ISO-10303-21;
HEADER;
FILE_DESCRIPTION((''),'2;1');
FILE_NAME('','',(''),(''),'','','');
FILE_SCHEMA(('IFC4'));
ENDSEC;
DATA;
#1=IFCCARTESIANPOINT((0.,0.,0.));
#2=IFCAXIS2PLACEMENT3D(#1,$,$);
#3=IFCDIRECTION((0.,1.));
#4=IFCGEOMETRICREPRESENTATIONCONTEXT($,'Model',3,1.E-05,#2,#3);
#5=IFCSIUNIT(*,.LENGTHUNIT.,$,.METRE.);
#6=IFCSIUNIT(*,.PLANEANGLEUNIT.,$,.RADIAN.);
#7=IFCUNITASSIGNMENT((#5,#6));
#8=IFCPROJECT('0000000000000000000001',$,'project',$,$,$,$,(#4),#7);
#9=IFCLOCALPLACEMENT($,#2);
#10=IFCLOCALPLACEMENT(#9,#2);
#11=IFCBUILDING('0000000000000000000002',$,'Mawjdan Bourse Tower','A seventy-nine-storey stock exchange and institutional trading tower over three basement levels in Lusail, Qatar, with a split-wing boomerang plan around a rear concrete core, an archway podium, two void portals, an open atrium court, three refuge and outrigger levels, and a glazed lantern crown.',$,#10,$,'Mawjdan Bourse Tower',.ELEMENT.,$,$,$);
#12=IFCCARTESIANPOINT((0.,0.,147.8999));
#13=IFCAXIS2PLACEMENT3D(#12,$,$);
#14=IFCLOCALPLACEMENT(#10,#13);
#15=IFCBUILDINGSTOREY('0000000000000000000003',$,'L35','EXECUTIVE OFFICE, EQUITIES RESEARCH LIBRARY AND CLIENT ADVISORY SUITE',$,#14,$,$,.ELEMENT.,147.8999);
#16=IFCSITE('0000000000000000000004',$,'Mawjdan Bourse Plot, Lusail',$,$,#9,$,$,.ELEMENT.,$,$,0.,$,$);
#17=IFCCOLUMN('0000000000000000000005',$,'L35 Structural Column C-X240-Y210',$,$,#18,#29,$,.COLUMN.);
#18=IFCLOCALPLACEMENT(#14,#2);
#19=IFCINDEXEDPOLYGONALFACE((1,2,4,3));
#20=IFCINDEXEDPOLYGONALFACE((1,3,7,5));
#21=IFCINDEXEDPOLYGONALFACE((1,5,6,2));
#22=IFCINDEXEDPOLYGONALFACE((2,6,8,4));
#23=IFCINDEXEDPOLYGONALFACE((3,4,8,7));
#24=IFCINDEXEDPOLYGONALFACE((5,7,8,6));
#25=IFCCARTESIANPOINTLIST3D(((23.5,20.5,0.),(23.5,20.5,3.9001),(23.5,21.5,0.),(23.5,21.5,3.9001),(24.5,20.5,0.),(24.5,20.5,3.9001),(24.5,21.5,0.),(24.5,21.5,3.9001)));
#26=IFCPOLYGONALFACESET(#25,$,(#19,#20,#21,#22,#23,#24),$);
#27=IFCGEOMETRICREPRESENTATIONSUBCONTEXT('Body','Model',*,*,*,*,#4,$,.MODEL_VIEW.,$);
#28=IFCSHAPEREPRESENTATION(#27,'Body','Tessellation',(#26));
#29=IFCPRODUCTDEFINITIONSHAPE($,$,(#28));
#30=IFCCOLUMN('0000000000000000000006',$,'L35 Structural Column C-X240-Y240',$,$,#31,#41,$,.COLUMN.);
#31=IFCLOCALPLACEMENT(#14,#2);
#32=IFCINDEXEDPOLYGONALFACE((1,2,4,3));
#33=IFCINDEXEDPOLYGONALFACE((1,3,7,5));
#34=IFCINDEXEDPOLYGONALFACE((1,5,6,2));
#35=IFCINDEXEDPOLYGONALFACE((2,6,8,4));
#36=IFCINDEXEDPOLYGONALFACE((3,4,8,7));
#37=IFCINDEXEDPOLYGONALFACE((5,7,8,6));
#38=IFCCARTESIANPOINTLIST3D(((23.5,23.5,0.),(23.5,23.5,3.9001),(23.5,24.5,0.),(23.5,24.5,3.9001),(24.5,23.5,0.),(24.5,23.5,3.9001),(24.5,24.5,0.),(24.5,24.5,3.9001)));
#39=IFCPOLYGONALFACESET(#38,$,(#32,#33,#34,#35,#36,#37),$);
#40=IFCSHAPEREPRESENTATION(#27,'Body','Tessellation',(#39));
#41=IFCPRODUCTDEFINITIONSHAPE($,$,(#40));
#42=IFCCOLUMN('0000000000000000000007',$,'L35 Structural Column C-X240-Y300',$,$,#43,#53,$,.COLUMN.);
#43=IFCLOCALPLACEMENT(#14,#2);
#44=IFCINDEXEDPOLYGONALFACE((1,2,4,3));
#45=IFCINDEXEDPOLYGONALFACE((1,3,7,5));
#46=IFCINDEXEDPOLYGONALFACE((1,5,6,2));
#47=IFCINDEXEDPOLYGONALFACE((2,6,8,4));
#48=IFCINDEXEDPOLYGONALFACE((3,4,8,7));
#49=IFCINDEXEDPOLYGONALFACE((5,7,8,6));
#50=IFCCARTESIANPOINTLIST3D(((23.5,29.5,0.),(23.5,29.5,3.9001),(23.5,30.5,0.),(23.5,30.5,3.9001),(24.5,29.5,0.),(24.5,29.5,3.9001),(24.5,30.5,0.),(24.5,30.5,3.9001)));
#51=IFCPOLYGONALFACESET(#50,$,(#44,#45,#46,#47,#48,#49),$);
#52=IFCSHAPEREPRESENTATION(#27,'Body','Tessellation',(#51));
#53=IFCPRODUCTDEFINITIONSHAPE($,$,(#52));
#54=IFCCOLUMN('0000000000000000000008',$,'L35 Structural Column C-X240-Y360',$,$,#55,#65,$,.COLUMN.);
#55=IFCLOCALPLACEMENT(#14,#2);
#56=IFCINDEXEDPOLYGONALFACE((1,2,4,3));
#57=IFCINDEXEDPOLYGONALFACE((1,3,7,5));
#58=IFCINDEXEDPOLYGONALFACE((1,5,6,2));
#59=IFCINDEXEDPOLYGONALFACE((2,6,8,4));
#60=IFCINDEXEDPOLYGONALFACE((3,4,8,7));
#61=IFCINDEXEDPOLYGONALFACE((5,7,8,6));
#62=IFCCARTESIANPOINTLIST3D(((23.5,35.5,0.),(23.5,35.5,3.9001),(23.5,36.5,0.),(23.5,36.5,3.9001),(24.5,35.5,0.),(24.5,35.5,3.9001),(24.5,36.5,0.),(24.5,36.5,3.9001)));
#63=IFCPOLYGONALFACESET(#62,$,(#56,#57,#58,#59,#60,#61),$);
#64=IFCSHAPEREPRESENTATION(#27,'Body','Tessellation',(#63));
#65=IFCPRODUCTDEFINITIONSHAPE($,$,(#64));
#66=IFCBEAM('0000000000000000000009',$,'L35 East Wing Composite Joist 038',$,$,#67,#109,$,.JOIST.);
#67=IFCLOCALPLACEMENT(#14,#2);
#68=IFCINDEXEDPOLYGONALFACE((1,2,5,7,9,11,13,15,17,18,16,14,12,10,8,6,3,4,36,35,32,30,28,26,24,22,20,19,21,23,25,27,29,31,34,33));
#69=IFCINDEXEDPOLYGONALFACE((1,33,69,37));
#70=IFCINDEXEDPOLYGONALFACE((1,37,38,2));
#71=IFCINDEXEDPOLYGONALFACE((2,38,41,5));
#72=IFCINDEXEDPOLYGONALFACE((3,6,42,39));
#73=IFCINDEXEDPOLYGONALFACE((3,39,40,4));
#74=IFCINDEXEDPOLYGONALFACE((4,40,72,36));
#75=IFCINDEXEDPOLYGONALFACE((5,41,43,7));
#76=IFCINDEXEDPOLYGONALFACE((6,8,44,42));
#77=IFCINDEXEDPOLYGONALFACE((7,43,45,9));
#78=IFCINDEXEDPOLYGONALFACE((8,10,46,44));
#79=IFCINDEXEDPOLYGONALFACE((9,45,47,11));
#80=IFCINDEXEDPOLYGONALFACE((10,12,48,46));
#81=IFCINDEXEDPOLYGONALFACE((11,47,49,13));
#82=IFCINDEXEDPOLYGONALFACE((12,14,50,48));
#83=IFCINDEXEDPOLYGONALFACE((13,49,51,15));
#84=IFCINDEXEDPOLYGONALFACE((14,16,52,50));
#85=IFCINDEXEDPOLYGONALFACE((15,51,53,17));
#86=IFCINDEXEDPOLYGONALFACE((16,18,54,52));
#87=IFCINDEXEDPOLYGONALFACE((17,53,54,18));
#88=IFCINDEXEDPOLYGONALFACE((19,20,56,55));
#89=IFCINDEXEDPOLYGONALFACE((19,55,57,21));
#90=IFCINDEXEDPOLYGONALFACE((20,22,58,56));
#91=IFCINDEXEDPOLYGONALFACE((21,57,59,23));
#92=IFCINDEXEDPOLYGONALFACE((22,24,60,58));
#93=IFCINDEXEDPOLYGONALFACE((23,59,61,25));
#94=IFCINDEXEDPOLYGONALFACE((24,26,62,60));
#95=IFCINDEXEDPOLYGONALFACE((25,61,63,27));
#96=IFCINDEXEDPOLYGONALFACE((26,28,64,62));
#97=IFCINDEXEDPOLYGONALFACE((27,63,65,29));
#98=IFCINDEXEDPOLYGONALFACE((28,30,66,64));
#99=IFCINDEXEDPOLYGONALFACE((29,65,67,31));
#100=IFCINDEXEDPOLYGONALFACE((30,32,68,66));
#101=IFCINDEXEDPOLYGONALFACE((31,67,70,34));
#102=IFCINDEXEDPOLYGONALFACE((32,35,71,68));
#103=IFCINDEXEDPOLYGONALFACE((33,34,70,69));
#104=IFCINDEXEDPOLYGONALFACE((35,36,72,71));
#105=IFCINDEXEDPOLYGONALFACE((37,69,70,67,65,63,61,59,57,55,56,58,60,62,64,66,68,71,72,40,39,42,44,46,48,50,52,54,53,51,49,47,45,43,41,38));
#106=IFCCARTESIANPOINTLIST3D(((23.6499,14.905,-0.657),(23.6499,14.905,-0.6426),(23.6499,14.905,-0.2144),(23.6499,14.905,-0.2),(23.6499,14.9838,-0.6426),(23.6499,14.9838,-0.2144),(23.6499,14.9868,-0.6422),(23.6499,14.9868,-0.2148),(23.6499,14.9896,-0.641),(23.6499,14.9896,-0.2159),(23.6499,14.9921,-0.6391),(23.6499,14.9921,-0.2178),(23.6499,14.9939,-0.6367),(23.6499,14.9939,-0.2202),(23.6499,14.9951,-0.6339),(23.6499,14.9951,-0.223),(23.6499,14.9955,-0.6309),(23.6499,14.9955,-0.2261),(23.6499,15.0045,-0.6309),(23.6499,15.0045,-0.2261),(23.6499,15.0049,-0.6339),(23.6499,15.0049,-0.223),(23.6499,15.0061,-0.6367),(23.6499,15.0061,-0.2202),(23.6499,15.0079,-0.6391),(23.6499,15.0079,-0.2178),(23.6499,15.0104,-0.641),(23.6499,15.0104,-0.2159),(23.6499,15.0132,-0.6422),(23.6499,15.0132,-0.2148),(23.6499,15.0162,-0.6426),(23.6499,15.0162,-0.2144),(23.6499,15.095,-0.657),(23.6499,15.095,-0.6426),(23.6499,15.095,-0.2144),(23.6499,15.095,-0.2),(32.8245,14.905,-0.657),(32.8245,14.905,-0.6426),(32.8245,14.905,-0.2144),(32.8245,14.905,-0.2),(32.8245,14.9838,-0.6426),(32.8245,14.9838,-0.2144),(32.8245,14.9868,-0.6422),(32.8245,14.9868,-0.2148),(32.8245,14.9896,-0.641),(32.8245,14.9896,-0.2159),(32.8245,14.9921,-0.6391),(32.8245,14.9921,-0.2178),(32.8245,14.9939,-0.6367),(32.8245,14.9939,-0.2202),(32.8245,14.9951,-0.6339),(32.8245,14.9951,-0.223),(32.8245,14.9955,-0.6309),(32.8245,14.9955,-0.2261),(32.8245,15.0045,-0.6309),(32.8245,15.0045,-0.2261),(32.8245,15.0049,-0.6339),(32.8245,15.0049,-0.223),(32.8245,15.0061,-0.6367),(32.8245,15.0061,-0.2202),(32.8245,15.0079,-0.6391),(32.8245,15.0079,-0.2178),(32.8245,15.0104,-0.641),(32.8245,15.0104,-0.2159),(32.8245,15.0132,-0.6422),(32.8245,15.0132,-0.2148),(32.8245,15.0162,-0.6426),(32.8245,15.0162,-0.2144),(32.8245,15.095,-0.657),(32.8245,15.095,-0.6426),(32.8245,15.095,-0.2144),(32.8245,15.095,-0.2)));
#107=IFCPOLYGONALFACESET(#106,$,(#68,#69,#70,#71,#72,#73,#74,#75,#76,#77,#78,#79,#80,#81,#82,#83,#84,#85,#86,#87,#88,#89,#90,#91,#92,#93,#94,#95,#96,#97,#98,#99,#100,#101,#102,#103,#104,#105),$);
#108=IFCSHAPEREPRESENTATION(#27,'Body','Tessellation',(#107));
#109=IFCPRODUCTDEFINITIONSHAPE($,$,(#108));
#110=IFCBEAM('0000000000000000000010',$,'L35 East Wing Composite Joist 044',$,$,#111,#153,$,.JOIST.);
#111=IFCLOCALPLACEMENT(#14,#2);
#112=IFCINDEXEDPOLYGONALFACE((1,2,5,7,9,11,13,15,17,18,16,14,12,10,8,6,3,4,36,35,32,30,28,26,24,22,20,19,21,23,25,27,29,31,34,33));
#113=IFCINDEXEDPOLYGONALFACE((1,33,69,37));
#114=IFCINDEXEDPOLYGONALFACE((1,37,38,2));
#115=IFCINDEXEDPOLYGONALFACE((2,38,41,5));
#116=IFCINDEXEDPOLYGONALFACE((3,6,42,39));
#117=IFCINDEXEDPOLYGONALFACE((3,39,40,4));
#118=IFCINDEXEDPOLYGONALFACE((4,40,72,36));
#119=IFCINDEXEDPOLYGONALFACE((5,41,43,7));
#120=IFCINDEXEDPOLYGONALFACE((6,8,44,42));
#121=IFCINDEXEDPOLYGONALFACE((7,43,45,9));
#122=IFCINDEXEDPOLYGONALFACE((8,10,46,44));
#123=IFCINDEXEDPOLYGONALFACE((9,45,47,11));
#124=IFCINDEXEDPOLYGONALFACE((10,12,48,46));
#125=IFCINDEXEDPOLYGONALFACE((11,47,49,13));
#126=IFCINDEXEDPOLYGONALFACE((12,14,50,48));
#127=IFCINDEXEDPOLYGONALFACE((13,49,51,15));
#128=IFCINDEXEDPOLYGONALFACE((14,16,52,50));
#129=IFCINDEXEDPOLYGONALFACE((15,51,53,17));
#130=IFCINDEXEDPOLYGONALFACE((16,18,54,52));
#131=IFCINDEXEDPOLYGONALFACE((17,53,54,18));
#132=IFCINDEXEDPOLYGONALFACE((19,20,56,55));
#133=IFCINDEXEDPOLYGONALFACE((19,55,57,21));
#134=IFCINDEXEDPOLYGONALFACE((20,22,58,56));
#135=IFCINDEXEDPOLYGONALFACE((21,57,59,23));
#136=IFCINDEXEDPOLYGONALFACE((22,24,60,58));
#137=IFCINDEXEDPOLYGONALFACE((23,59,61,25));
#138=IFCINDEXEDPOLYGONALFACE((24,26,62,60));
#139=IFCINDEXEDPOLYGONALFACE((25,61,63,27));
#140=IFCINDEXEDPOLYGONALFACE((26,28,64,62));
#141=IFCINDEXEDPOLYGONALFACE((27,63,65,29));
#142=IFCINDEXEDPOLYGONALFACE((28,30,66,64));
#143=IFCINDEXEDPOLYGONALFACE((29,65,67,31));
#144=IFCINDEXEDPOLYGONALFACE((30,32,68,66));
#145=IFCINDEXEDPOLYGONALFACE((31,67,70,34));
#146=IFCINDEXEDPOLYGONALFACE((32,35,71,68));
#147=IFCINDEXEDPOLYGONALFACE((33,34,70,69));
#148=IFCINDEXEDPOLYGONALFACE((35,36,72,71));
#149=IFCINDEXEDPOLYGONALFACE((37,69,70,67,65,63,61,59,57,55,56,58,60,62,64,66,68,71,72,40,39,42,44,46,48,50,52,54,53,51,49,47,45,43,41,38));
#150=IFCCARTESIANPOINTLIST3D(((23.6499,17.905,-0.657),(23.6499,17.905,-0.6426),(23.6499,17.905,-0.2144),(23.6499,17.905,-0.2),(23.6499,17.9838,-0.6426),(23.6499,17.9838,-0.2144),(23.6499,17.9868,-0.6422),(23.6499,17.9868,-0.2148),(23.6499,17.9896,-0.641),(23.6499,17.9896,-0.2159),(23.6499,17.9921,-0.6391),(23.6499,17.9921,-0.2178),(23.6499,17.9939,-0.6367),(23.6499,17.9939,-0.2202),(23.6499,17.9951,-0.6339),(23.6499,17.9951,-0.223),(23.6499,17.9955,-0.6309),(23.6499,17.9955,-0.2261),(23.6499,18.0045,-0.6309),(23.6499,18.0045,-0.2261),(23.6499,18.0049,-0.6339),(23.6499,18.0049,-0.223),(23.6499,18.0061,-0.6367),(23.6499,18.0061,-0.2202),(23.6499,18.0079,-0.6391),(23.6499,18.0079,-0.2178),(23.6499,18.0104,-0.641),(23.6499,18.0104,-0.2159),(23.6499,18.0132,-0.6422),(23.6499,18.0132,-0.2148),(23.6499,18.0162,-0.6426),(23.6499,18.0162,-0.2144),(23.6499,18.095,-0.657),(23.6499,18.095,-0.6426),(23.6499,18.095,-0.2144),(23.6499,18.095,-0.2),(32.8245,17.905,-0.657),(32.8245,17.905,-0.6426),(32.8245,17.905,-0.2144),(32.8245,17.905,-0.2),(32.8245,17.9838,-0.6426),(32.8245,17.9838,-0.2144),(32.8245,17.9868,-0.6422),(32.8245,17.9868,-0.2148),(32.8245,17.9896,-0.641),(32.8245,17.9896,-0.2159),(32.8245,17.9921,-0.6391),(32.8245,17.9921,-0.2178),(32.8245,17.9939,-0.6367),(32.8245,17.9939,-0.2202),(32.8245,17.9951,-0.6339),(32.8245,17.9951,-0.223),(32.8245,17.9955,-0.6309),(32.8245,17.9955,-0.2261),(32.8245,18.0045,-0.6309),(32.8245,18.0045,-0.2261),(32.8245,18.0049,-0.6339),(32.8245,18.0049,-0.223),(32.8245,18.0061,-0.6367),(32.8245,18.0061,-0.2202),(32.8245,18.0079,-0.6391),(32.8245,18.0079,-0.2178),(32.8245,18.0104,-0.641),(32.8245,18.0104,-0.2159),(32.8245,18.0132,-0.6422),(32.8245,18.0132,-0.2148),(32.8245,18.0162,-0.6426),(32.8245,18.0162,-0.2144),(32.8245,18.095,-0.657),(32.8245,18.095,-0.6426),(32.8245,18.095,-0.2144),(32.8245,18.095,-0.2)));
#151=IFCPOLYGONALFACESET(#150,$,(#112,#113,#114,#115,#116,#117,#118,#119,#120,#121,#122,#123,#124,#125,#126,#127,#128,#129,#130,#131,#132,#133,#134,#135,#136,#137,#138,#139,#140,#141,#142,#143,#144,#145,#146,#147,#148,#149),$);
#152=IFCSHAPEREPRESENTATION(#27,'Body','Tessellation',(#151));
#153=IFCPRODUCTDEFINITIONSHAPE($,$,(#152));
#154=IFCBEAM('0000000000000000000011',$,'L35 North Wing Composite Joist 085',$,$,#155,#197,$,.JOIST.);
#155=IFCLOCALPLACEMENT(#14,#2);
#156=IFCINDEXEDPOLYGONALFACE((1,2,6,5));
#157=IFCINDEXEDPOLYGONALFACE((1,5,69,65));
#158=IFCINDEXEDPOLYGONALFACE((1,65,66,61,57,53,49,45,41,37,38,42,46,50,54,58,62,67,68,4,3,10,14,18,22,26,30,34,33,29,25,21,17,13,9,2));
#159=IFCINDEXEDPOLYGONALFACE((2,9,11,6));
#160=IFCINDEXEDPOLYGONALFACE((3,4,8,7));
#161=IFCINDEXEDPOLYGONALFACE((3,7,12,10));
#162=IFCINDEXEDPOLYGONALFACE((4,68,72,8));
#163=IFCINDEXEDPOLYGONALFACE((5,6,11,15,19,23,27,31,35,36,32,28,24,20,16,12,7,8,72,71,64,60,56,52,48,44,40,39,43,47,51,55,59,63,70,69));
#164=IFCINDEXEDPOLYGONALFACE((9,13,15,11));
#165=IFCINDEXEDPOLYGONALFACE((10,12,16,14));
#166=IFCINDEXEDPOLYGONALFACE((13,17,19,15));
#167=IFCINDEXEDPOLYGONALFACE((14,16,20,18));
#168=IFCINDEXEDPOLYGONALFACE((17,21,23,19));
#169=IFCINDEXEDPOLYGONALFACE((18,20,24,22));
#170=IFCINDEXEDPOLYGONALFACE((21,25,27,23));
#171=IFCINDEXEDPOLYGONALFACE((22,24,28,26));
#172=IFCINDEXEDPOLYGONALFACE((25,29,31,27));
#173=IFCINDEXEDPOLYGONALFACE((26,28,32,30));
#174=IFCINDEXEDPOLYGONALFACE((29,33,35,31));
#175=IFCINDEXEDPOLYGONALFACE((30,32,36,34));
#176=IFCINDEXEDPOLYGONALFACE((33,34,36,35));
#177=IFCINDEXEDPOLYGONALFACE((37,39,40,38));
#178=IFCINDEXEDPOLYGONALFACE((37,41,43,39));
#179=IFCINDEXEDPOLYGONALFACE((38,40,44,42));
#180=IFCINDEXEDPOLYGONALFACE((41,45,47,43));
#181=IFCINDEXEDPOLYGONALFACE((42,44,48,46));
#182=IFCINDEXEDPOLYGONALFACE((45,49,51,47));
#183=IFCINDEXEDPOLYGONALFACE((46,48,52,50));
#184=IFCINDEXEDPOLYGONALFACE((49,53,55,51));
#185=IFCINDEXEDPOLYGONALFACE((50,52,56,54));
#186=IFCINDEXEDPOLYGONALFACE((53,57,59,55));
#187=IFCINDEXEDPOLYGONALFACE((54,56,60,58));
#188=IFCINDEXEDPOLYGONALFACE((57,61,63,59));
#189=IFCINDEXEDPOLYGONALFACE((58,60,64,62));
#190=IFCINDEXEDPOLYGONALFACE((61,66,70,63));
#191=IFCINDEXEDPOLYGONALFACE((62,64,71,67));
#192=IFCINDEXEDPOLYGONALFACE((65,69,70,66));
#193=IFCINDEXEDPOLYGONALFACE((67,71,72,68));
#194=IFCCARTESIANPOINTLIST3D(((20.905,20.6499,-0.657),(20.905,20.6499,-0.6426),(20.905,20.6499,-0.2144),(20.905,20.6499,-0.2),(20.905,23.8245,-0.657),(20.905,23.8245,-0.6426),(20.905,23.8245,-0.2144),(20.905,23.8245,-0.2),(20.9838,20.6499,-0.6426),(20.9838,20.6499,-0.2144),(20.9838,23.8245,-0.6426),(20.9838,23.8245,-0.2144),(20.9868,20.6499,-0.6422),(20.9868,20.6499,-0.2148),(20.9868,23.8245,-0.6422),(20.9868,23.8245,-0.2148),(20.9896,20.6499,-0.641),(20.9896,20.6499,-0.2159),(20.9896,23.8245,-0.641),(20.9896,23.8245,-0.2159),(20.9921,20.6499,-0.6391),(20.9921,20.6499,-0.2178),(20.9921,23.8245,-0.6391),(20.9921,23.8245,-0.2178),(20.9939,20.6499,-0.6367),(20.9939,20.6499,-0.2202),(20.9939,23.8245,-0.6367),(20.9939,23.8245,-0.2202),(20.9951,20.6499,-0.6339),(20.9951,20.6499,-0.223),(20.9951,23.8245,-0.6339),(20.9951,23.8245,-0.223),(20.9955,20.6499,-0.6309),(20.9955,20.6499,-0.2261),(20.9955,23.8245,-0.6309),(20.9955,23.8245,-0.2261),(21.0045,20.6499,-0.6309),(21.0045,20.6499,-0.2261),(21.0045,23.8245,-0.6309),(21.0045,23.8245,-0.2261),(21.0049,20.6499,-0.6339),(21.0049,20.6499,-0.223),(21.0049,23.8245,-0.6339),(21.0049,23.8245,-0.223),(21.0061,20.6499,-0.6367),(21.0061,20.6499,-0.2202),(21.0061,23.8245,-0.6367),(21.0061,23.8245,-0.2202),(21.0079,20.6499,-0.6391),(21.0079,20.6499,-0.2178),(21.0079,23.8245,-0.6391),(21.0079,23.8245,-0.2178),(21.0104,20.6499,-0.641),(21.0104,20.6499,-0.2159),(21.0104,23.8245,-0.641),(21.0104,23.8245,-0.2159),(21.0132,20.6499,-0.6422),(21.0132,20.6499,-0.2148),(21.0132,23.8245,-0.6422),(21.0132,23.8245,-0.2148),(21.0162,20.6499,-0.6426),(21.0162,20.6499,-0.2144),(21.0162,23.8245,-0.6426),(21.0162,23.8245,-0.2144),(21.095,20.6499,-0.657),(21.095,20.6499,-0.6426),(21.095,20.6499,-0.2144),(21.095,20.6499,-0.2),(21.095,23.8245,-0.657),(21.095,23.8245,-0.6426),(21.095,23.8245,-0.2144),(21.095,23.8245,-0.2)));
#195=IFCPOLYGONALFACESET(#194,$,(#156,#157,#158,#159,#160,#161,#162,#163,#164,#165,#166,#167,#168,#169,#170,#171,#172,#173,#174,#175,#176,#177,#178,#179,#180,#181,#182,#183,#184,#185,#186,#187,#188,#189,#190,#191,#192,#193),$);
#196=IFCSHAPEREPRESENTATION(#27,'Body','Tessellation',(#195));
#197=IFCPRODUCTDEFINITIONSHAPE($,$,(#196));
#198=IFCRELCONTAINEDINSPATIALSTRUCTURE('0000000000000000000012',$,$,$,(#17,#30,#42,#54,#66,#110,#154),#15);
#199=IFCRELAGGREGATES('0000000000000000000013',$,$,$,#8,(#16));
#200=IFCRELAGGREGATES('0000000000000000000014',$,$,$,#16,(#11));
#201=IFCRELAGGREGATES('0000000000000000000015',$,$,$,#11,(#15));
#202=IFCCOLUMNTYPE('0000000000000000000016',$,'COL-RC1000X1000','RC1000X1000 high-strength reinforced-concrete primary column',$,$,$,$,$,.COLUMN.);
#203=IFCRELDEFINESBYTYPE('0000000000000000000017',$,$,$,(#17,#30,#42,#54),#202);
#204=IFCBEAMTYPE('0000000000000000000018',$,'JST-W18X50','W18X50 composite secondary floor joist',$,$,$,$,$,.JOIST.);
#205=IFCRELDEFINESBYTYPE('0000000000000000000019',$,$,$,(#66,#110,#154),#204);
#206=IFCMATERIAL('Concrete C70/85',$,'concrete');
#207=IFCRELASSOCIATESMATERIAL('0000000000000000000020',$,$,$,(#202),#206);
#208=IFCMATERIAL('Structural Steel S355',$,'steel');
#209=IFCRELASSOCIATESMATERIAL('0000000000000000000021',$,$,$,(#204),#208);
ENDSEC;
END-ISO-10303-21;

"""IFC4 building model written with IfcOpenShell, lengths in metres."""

from ifc_helpers import new_model, si_unit, direction, frame, origin, origin_2d, place, context, subcontext, project, spatial, rectangle, i_section, extrude, material, material_profile, profile_set, type_object, element, save


model = new_model("IFC4")

# Units and contexts
model_context = context("Model", 3, precision=1e-05, world=origin(), true_north=direction((0.0, 1.0)))
body_context = subcontext(model_context, "Body", "Model", "MODEL_VIEW")
ifc_project = project(units=[si_unit("LENGTHUNIT", "METRE"), si_unit("PLANEANGLEUNIT", "RADIAN")], contexts=[model_context])

# Site, building, storey
site_placement = place(None, origin())
site = spatial("IfcSite", under=ifc_project, at=site_placement, Name="Mawjdan Bourse Plot, Lusail", CompositionType="ELEMENT", RefElevation=0.0)
building_placement = place(site_placement, origin())
building = spatial("IfcBuilding", under=site, at=building_placement, Name="Mawjdan Bourse Tower", Description="A seventy-nine-storey stock exchange and institutional trading tower over three basement levels in Lusail, Qatar, with a split-wing boomerang plan around a rear concrete core, an archway podium, two void portals, an open atrium court, three refuge and outrigger levels, and a glazed lantern crown.", LongName="Mawjdan Bourse Tower", CompositionType="ELEMENT")
storey_placement = place(building_placement, frame((0.0, 0.0, 147.8999)))
storey = spatial("IfcBuildingStorey", under=building, at=storey_placement, Name="L35", Description="EXECUTIVE OFFICE, EQUITIES RESEARCH LIBRARY AND CLIENT ADVISORY SUITE", CompositionType="ELEMENT", Elevation=147.8999)

# Columns
ifc_material_1 = material(Name="Concrete C70/85", Category="concrete")
ifc_material_profile_1 = material_profile(ifc_material_1, rectangle(XDim=1.0, YDim=1.0, at=origin_2d()), Name="RC1000X1000")
ifc_profile_set_1 = profile_set([ifc_material_profile_1], Name="Concrete C70/85")
column_type = type_object("IfcColumnType", Name="COL-RC1000X1000", Description="RC1000X1000 high-strength reinforced-concrete primary column", PredefinedType="COLUMN", material=ifc_profile_set_1)
for number, where, z_axis, x_axis, name in (
    (1, (24.0, 21.0, 0.0), (0.0, 0.0, 1.0), (1.0, 0.0, 0.0), "L35 Structural Column C-X240-Y210"),
    (2, (24.0, 24.0, 0.0), (0.0, 0.0, 1.0), (1.0, 0.0, 0.0), "L35 Structural Column C-X240-Y240"),
    (3, (24.0, 30.0, 0.0), (0.0, 0.0, 1.0), (1.0, 0.0, 0.0), "L35 Structural Column C-X240-Y300"),
    (4, (24.0, 36.0, 0.0), (0.0, 0.0, 1.0), (1.0, 0.0, 0.0), "L35 Structural Column C-X240-Y360"),
):
    element("IfcColumn", number, at=place(storey_placement, frame(where, z_axis=z_axis, x_axis=x_axis)), inside=storey, type_object=column_type, Name=name, PredefinedType="COLUMN", context=body_context, shape_type="SweptSolid", body=[
        extrude(rectangle(XDim=1.0, YDim=1.0, at=origin_2d()), origin(), (0.0, 0.0, 1.0), 3.9001),
    ])

# Beams
ifc_material_2 = material(Name="Structural Steel S355", Category="steel")
ifc_material_profile_2 = material_profile(ifc_material_2, i_section(OverallWidth=0.1899, OverallDepth=0.457, WebThickness=0.009, FlangeThickness=0.0144, FilletRadius=0.0117, at=origin_2d()), Name="W18X50")
ifc_profile_set_2 = profile_set([ifc_material_profile_2], Name="Structural Steel S355")
beam_type_1 = type_object("IfcBeamType", Name="JST-W18X50", Description="W18X50 composite secondary floor joist", PredefinedType="JOIST", material=ifc_profile_set_2)
for number, where, z_axis, x_axis, name in (
    (5, (23.6499, 15.0, -0.4285), (1.0, 0.0, 0.0), (0.0, 1.0, 0.0), "L35 East Wing Composite Joist 038"),
    (6, (23.6499, 18.0, -0.4285), (1.0, 0.0, 0.0), (0.0, 1.0, 0.0), "L35 East Wing Composite Joist 044"),
):
    element("IfcBeam", number, at=place(storey_placement, frame(where, z_axis=z_axis, x_axis=x_axis)), inside=storey, type_object=beam_type_1, Name=name, PredefinedType="JOIST", context=body_context, shape_type="SweptSolid", body=[
        extrude(i_section(OverallWidth=0.1899, OverallDepth=0.457, WebThickness=0.009, FlangeThickness=0.0144, FilletRadius=0.0117, at=origin_2d()), origin(), (0.0, 0.0, 1.0), 9.1746),
    ])
beam_1_placement = place(storey_placement, frame((21.0, 20.6499, -0.4285), z_axis=(0.0, 1.0, 0.0), x_axis=(-1.0, 0.0, 0.0)))
element("IfcBeam", 7, at=beam_1_placement, inside=storey, type_object=beam_type_1, Name="L35 North Wing Composite Joist 085", PredefinedType="JOIST", context=body_context, shape_type="SweptSolid", body=[
    extrude(i_section(OverallWidth=0.1899, OverallDepth=0.457, WebThickness=0.009, FlangeThickness=0.0144, FilletRadius=0.0117, at=origin_2d()), origin(), (0.0, 0.0, 1.0), 3.1746),
])

save(model, "model.ifc")
